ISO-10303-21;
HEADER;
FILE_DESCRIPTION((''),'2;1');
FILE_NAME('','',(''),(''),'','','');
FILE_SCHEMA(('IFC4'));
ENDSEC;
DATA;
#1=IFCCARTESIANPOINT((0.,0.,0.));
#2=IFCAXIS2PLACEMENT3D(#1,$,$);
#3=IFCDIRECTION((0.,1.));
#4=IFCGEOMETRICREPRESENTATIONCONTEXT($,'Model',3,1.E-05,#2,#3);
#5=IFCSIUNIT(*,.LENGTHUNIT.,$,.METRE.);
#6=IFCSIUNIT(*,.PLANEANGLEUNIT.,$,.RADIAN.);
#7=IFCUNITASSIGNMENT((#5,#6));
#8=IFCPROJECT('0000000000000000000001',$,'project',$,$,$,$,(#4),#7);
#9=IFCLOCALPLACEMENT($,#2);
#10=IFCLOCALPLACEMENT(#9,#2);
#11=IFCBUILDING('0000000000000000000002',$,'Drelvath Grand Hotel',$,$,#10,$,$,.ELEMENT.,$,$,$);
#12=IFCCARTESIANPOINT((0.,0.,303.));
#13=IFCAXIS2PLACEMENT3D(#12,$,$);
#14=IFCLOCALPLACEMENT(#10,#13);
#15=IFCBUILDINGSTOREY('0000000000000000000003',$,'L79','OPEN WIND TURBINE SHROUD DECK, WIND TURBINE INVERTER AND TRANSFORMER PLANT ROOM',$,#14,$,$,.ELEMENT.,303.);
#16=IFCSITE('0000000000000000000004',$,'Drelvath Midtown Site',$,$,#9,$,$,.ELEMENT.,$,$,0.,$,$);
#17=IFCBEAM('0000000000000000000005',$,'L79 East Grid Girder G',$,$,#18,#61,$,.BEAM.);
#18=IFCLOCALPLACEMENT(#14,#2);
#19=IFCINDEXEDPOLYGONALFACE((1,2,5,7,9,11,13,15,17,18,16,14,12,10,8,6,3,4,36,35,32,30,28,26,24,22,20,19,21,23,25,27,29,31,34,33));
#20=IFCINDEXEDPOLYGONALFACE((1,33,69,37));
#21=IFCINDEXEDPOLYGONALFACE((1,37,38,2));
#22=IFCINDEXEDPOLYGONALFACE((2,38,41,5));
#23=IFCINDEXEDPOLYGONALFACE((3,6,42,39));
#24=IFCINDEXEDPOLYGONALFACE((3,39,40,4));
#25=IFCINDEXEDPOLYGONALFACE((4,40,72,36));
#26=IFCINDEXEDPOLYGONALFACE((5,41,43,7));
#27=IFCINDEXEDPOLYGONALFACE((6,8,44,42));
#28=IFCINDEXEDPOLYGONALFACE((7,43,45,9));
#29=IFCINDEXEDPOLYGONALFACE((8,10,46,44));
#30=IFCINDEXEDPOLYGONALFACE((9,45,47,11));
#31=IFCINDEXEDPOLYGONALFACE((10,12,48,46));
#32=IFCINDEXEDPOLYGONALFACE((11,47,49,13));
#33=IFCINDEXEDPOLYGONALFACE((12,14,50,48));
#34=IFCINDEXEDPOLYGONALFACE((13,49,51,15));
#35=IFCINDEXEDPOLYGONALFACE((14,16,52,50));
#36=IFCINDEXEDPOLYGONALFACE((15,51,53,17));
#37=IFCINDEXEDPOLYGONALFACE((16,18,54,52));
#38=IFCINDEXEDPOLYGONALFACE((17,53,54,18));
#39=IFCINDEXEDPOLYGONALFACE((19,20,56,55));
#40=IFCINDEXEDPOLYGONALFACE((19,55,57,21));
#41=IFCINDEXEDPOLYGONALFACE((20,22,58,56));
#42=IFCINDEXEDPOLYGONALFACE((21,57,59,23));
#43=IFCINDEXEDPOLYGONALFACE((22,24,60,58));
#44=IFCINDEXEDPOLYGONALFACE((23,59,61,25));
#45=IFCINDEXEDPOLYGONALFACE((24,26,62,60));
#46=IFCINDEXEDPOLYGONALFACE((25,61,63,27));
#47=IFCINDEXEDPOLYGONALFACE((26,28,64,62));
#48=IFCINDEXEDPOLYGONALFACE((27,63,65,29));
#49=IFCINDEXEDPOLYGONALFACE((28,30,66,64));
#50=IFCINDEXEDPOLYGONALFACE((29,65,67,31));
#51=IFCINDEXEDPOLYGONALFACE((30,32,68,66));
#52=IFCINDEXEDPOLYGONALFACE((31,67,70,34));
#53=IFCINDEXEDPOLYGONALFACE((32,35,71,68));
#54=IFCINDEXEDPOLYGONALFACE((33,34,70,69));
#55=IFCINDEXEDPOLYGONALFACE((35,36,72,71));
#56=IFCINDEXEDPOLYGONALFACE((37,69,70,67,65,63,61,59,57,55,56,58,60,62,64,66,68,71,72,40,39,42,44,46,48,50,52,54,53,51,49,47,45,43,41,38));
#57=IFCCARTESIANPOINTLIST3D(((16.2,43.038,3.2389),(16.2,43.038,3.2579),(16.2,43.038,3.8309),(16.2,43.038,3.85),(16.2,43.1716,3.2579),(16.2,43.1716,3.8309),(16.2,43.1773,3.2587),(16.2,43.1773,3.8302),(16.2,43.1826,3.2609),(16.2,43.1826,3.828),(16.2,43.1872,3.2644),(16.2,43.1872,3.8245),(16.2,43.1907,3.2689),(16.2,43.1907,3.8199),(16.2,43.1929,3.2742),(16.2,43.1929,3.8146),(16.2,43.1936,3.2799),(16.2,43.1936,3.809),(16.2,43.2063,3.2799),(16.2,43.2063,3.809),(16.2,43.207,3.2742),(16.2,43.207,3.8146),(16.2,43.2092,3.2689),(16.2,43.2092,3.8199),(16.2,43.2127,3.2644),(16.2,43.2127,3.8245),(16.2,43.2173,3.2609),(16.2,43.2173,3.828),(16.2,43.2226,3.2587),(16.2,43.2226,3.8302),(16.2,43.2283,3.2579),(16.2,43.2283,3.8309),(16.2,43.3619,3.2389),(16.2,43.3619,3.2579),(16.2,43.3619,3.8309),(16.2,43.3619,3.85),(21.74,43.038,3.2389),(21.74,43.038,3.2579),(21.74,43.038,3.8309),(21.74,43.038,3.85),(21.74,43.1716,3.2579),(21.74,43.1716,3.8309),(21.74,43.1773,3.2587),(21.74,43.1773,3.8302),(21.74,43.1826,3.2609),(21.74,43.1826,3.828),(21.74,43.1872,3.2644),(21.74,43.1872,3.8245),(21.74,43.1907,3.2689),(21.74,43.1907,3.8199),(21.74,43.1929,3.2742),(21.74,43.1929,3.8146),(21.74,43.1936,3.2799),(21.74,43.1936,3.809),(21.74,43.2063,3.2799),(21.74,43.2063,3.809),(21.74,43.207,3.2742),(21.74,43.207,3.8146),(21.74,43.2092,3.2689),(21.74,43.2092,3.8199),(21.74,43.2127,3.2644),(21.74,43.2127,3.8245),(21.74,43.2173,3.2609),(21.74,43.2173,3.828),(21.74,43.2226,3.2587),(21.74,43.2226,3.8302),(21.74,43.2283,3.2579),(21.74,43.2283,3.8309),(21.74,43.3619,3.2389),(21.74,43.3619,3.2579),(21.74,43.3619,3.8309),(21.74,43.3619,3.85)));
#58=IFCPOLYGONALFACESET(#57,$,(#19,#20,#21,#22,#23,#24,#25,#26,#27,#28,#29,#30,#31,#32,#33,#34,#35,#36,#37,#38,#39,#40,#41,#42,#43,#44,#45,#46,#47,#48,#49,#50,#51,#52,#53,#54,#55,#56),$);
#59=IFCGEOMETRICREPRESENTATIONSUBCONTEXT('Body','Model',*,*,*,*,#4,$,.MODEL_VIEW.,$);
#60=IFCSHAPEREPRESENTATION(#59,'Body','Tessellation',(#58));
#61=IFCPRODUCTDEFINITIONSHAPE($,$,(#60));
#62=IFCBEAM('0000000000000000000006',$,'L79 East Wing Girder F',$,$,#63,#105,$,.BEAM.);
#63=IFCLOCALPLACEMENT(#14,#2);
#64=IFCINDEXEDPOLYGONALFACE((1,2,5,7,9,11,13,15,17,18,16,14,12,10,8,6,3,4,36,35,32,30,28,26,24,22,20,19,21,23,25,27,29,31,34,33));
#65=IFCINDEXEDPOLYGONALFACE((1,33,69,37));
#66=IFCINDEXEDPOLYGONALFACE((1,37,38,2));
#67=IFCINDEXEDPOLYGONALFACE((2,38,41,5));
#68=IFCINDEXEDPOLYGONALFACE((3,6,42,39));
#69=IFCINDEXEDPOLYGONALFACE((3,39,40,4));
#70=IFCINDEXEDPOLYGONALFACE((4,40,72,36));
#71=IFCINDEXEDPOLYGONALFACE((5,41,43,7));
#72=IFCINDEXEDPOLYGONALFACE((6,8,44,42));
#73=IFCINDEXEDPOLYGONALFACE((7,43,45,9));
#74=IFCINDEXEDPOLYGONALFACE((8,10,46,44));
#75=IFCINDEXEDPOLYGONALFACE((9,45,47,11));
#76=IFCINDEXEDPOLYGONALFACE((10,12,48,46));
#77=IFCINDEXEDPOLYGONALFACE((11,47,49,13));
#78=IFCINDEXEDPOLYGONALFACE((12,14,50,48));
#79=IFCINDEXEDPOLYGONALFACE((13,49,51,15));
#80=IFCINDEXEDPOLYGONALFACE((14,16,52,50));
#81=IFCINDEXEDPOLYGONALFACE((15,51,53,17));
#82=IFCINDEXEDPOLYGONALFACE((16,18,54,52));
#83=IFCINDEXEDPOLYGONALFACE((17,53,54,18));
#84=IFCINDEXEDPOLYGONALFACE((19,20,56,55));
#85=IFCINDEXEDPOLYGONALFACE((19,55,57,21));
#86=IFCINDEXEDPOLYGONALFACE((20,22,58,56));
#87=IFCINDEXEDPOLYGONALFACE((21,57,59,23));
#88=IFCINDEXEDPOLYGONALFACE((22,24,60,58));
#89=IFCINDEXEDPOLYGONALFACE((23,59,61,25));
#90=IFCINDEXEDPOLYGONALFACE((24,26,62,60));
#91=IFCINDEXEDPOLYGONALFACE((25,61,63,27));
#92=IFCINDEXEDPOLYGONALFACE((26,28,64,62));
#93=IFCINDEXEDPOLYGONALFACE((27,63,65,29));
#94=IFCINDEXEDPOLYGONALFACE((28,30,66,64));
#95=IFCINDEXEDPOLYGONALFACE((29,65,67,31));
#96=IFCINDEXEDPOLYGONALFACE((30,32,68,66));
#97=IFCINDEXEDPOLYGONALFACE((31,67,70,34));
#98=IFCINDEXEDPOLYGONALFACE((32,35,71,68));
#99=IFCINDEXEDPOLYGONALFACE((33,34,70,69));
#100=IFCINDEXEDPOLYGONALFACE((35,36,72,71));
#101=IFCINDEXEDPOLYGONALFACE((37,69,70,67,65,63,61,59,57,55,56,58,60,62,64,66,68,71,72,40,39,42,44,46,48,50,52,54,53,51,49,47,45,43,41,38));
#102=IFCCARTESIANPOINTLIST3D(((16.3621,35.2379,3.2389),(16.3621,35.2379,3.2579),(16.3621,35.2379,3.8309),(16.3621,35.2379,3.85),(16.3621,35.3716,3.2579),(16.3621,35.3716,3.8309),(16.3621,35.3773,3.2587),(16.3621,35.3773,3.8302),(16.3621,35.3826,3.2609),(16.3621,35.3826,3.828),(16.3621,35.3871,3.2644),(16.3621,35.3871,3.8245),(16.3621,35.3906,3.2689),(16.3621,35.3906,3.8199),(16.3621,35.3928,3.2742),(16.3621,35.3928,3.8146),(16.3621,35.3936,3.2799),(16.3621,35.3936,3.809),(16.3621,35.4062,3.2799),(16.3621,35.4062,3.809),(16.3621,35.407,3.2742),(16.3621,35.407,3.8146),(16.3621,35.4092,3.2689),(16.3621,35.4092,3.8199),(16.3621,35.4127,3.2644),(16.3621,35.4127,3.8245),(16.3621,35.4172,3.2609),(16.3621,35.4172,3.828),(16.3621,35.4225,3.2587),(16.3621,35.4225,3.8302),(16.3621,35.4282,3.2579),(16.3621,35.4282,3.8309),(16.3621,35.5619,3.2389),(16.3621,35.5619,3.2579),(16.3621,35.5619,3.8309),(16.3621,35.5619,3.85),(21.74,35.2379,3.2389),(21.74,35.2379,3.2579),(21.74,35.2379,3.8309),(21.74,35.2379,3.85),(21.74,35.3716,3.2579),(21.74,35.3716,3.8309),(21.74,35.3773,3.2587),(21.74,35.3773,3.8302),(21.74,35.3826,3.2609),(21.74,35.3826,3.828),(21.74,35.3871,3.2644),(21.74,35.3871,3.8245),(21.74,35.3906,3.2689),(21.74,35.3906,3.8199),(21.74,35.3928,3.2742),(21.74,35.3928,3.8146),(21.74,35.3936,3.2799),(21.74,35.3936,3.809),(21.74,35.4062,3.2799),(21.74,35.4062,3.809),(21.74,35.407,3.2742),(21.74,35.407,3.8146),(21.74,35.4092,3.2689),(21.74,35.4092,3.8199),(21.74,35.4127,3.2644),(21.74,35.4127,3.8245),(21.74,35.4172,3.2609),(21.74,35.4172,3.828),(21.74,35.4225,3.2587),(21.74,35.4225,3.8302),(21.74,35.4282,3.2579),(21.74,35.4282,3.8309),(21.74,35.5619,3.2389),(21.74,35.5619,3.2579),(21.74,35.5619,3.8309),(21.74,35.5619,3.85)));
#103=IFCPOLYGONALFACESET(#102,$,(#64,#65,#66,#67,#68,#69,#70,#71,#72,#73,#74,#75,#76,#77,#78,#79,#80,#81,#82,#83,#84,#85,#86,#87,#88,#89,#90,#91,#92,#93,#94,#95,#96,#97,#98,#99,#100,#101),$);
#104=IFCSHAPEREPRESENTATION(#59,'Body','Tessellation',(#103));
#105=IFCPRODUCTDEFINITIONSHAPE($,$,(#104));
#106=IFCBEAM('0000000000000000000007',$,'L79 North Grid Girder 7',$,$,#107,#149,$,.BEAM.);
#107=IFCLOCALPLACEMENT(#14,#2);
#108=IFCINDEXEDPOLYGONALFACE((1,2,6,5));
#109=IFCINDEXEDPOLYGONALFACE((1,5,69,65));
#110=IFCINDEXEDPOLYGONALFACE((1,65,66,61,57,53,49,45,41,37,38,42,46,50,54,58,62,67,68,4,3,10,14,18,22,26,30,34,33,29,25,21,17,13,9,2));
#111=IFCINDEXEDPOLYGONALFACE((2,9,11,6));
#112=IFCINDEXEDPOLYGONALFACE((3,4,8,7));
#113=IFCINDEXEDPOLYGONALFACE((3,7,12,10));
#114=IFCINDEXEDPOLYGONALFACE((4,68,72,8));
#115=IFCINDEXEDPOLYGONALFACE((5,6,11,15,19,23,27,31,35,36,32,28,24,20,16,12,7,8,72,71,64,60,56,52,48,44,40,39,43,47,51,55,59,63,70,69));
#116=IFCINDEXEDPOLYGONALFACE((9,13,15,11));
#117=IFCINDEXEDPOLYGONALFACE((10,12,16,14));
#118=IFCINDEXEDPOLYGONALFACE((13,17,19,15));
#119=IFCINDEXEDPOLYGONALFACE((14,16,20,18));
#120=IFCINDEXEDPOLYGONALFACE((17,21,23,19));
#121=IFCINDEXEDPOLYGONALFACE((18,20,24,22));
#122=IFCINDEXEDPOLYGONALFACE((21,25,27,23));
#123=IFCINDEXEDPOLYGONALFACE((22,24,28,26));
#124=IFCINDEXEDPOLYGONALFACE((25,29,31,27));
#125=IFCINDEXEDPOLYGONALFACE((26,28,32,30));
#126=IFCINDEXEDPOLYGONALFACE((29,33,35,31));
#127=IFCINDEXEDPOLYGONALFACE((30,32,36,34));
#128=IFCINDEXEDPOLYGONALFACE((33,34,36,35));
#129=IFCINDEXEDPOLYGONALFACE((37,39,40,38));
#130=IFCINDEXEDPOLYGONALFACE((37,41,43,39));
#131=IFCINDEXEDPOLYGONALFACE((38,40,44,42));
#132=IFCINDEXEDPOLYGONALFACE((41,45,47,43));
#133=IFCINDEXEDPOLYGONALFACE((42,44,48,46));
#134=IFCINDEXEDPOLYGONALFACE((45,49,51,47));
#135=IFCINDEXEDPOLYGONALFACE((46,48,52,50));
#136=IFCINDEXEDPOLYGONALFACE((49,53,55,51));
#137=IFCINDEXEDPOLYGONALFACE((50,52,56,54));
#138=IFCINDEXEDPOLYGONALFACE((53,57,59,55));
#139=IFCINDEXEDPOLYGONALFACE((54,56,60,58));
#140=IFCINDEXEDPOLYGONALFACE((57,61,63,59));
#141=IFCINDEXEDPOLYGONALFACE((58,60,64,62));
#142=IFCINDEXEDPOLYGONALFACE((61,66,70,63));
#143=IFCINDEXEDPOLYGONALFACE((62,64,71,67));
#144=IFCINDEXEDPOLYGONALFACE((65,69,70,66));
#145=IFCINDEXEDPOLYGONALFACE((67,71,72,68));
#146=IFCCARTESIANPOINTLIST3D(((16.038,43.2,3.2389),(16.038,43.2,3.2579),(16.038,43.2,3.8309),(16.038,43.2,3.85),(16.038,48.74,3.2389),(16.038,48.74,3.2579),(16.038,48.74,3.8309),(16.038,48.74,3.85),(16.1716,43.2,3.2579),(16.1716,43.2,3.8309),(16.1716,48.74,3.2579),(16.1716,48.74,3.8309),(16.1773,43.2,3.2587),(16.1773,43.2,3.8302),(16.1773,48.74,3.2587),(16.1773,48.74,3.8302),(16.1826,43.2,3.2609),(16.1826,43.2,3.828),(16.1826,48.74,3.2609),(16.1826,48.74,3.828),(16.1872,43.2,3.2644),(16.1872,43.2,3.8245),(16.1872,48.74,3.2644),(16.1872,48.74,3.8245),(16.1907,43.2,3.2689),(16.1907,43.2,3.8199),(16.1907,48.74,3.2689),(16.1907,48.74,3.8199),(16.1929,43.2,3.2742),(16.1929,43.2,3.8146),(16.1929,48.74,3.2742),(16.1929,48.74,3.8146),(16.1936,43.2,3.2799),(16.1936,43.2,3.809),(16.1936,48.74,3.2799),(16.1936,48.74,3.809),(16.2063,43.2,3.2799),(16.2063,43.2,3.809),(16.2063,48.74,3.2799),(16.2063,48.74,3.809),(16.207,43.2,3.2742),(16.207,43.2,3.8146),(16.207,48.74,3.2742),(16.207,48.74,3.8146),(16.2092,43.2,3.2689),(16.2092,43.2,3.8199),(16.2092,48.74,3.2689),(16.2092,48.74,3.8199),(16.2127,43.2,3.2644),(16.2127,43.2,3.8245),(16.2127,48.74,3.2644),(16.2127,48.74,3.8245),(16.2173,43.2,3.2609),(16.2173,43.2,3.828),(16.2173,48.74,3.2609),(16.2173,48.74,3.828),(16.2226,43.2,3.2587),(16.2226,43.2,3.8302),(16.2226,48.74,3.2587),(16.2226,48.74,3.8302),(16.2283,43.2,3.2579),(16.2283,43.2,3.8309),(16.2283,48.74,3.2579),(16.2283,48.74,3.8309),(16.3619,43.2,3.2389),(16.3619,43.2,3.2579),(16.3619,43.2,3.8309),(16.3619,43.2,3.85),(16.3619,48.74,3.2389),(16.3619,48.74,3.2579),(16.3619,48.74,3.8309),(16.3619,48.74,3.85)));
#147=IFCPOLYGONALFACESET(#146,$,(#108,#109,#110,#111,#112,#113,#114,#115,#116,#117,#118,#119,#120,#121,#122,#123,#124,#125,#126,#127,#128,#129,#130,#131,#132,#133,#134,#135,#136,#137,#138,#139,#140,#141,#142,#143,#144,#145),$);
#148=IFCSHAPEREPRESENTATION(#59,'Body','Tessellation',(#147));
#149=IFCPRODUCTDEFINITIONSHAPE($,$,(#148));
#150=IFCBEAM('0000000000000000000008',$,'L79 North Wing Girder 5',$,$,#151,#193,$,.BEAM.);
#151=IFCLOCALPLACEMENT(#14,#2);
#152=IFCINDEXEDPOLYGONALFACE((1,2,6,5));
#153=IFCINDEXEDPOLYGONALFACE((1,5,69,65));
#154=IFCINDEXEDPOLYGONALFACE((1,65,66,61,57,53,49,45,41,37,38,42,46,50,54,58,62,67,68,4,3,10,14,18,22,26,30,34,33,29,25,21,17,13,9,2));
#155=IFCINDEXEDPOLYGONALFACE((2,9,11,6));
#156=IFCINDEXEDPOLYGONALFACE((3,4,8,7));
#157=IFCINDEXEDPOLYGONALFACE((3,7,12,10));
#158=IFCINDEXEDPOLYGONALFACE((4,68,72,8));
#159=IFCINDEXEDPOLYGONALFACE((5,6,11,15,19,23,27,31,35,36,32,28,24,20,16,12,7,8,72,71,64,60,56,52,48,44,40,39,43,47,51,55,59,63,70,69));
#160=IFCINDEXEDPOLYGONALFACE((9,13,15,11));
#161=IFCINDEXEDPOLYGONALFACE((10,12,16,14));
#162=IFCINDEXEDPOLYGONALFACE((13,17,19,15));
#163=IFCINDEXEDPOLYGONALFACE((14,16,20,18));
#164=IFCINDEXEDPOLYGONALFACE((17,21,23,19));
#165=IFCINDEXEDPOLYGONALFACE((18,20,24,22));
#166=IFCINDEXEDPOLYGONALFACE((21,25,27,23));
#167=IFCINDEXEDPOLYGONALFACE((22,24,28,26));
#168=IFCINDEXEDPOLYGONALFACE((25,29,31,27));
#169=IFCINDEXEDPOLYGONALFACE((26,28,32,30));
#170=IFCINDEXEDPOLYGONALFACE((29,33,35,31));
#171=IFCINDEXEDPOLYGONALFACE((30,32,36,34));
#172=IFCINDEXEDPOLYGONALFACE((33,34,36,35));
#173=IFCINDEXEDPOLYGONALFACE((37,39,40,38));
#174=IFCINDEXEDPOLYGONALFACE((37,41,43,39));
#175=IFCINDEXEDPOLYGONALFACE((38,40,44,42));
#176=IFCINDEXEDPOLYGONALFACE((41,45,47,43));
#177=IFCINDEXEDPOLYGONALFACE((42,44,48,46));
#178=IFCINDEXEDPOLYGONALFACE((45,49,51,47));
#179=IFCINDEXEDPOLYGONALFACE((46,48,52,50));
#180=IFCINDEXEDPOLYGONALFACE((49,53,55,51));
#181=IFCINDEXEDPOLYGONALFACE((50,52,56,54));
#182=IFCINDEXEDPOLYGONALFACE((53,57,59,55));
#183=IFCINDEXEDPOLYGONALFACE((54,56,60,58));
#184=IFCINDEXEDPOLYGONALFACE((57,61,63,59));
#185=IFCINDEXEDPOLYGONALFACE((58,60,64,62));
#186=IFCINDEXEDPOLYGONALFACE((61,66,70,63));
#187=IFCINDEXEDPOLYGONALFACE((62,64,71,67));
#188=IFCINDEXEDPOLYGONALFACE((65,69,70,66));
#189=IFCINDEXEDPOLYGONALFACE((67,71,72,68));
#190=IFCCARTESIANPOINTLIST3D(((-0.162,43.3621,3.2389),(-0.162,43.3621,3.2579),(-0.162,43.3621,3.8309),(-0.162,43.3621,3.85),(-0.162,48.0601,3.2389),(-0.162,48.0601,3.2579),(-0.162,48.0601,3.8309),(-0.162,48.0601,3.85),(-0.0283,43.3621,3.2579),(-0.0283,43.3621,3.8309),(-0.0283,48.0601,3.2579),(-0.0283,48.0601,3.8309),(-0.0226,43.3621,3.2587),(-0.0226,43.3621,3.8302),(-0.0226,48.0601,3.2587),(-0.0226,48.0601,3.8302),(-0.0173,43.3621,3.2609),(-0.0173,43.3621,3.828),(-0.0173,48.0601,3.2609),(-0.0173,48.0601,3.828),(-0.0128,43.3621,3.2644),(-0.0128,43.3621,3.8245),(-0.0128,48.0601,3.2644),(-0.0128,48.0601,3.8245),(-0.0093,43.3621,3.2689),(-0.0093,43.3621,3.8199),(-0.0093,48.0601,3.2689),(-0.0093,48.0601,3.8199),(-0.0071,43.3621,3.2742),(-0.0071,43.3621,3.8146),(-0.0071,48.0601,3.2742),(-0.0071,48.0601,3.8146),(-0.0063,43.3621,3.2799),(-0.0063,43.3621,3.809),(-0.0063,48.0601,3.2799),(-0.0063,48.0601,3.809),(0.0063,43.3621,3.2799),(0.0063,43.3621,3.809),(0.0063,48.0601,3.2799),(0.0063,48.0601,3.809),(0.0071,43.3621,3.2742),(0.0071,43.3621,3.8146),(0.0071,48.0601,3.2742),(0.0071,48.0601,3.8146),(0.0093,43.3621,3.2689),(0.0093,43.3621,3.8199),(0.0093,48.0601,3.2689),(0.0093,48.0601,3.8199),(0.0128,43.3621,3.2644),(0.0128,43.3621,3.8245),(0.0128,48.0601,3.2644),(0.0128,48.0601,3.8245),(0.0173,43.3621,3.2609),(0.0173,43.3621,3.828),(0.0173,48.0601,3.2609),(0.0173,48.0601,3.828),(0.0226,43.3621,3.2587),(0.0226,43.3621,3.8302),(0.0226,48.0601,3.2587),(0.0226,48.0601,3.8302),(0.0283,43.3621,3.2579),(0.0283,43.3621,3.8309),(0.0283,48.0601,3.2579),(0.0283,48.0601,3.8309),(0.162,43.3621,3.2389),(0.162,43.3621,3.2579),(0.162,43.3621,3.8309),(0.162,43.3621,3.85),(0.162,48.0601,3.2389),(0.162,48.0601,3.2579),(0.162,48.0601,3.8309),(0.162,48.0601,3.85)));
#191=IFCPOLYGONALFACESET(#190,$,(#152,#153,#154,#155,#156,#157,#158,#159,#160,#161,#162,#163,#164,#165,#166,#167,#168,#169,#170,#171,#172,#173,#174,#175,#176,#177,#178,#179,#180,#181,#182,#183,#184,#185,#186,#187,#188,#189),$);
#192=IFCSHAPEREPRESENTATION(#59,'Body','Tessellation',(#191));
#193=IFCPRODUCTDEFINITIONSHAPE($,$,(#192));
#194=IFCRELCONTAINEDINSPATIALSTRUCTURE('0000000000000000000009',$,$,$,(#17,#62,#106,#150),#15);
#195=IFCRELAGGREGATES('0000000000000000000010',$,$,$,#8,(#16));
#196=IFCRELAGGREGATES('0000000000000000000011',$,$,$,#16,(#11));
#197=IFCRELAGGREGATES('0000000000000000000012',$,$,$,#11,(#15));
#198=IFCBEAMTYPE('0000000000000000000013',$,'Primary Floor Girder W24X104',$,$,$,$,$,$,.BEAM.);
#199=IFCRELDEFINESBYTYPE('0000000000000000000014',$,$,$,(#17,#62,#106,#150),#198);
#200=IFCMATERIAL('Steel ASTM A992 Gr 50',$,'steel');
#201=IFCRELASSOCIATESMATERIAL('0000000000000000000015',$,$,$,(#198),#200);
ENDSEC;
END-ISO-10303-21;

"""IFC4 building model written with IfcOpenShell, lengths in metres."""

from ifc_helpers import new_model, si_unit, direction, frame, origin, origin_2d, place, context, subcontext, project, spatial, i_section, extrude, material, material_profile, profile_set, type_object, element, save


model = new_model("IFC4")

# Units and contexts
model_context = context("Model", 3, precision=1e-05, world=origin(), true_north=direction((0.0, 1.0)))
body_context = subcontext(model_context, "Body", "Model", "MODEL_VIEW")
ifc_project = project(units=[si_unit("LENGTHUNIT", "METRE"), si_unit("PLANEANGLEUNIT", "RADIAN")], contexts=[model_context])

# Site, building, storey
site_placement = place(None, origin())
site = spatial("IfcSite", under=ifc_project, at=site_placement, Name="Drelvath Midtown Site", CompositionType="ELEMENT", RefElevation=0.0)
building_placement = place(site_placement, origin())
building = spatial("IfcBuilding", under=site, at=building_placement, Name="Drelvath Grand Hotel", CompositionType="ELEMENT")
storey_placement = place(building_placement, frame((0.0, 0.0, 303.0)))
storey = spatial("IfcBuildingStorey", under=building, at=storey_placement, Name="L79", Description="OPEN WIND TURBINE SHROUD DECK, WIND TURBINE INVERTER AND TRANSFORMER PLANT ROOM", CompositionType="ELEMENT", Elevation=303.0)

# Beams
ifc_material_1 = material(Name="Steel ASTM A992 Gr 50", Category="steel")
ifc_material_profile_1 = material_profile(ifc_material_1, i_section(OverallWidth=0.324, OverallDepth=0.6111, WebThickness=0.0127, FlangeThickness=0.019, FilletRadius=0.022, at=origin_2d()), Name="W24X104")
ifc_profile_set_1 = profile_set([ifc_material_profile_1], Name="Steel ASTM A992 Gr 50")
beam_type_1 = type_object("IfcBeamType", Name="Primary Floor Girder W24X104", PredefinedType="BEAM", material=ifc_profile_set_1)
beam_1_placement = place(storey_placement, frame((16.2, 43.2, 3.5444), z_axis=(1.0, 0.0, 0.0), x_axis=(0.0, 1.0, 0.0)))
element("IfcBeam", 1, at=beam_1_placement, inside=storey, type_object=beam_type_1, Name="L79 East Grid Girder G", PredefinedType="BEAM", context=body_context, shape_type="SweptSolid", body=[
    extrude(i_section(OverallWidth=0.324, OverallDepth=0.6111, WebThickness=0.0127, FlangeThickness=0.019, FilletRadius=0.022, at=origin_2d()), origin(), (0.0, 0.0, 1.0), 5.54),
])
beam_2_placement = place(storey_placement, frame((16.3621, 35.3999, 3.5444), z_axis=(1.0, 0.0, 0.0), x_axis=(0.0, 1.0, 0.0)))
element("IfcBeam", 2, at=beam_2_placement, inside=storey, type_object=beam_type_1, Name="L79 East Wing Girder F", PredefinedType="BEAM", context=body_context, shape_type="SweptSolid", body=[
    extrude(i_section(OverallWidth=0.324, OverallDepth=0.6111, WebThickness=0.0127, FlangeThickness=0.019, FilletRadius=0.022, at=origin_2d()), origin(), (0.0, 0.0, 1.0), 5.3779),
])
beam_3_placement = place(storey_placement, frame((16.2, 43.2, 3.5444), z_axis=(0.0, 1.0, 0.0), x_axis=(-1.0, 0.0, 0.0)))
element("IfcBeam", 3, at=beam_3_placement, inside=storey, type_object=beam_type_1, Name="L79 North Grid Girder 7", PredefinedType="BEAM", context=body_context, shape_type="SweptSolid", body=[
    extrude(i_section(OverallWidth=0.324, OverallDepth=0.6111, WebThickness=0.0127, FlangeThickness=0.019, FilletRadius=0.022, at=origin_2d()), origin(), (0.0, 0.0, 1.0), 5.54),
])
beam_4_placement = place(storey_placement, frame((0.0, 43.3621, 3.5444), z_axis=(0.0, 1.0, 0.0), x_axis=(-1.0, 0.0, 0.0)))
element("IfcBeam", 4, at=beam_4_placement, inside=storey, type_object=beam_type_1, Name="L79 North Wing Girder 5", PredefinedType="BEAM", context=body_context, shape_type="SweptSolid", body=[
    extrude(i_section(OverallWidth=0.324, OverallDepth=0.6111, WebThickness=0.0127, FlangeThickness=0.019, FilletRadius=0.022, at=origin_2d()), origin(), (0.0, 0.0, 1.0), 4.698),
])

save(model, "model.ifc")
